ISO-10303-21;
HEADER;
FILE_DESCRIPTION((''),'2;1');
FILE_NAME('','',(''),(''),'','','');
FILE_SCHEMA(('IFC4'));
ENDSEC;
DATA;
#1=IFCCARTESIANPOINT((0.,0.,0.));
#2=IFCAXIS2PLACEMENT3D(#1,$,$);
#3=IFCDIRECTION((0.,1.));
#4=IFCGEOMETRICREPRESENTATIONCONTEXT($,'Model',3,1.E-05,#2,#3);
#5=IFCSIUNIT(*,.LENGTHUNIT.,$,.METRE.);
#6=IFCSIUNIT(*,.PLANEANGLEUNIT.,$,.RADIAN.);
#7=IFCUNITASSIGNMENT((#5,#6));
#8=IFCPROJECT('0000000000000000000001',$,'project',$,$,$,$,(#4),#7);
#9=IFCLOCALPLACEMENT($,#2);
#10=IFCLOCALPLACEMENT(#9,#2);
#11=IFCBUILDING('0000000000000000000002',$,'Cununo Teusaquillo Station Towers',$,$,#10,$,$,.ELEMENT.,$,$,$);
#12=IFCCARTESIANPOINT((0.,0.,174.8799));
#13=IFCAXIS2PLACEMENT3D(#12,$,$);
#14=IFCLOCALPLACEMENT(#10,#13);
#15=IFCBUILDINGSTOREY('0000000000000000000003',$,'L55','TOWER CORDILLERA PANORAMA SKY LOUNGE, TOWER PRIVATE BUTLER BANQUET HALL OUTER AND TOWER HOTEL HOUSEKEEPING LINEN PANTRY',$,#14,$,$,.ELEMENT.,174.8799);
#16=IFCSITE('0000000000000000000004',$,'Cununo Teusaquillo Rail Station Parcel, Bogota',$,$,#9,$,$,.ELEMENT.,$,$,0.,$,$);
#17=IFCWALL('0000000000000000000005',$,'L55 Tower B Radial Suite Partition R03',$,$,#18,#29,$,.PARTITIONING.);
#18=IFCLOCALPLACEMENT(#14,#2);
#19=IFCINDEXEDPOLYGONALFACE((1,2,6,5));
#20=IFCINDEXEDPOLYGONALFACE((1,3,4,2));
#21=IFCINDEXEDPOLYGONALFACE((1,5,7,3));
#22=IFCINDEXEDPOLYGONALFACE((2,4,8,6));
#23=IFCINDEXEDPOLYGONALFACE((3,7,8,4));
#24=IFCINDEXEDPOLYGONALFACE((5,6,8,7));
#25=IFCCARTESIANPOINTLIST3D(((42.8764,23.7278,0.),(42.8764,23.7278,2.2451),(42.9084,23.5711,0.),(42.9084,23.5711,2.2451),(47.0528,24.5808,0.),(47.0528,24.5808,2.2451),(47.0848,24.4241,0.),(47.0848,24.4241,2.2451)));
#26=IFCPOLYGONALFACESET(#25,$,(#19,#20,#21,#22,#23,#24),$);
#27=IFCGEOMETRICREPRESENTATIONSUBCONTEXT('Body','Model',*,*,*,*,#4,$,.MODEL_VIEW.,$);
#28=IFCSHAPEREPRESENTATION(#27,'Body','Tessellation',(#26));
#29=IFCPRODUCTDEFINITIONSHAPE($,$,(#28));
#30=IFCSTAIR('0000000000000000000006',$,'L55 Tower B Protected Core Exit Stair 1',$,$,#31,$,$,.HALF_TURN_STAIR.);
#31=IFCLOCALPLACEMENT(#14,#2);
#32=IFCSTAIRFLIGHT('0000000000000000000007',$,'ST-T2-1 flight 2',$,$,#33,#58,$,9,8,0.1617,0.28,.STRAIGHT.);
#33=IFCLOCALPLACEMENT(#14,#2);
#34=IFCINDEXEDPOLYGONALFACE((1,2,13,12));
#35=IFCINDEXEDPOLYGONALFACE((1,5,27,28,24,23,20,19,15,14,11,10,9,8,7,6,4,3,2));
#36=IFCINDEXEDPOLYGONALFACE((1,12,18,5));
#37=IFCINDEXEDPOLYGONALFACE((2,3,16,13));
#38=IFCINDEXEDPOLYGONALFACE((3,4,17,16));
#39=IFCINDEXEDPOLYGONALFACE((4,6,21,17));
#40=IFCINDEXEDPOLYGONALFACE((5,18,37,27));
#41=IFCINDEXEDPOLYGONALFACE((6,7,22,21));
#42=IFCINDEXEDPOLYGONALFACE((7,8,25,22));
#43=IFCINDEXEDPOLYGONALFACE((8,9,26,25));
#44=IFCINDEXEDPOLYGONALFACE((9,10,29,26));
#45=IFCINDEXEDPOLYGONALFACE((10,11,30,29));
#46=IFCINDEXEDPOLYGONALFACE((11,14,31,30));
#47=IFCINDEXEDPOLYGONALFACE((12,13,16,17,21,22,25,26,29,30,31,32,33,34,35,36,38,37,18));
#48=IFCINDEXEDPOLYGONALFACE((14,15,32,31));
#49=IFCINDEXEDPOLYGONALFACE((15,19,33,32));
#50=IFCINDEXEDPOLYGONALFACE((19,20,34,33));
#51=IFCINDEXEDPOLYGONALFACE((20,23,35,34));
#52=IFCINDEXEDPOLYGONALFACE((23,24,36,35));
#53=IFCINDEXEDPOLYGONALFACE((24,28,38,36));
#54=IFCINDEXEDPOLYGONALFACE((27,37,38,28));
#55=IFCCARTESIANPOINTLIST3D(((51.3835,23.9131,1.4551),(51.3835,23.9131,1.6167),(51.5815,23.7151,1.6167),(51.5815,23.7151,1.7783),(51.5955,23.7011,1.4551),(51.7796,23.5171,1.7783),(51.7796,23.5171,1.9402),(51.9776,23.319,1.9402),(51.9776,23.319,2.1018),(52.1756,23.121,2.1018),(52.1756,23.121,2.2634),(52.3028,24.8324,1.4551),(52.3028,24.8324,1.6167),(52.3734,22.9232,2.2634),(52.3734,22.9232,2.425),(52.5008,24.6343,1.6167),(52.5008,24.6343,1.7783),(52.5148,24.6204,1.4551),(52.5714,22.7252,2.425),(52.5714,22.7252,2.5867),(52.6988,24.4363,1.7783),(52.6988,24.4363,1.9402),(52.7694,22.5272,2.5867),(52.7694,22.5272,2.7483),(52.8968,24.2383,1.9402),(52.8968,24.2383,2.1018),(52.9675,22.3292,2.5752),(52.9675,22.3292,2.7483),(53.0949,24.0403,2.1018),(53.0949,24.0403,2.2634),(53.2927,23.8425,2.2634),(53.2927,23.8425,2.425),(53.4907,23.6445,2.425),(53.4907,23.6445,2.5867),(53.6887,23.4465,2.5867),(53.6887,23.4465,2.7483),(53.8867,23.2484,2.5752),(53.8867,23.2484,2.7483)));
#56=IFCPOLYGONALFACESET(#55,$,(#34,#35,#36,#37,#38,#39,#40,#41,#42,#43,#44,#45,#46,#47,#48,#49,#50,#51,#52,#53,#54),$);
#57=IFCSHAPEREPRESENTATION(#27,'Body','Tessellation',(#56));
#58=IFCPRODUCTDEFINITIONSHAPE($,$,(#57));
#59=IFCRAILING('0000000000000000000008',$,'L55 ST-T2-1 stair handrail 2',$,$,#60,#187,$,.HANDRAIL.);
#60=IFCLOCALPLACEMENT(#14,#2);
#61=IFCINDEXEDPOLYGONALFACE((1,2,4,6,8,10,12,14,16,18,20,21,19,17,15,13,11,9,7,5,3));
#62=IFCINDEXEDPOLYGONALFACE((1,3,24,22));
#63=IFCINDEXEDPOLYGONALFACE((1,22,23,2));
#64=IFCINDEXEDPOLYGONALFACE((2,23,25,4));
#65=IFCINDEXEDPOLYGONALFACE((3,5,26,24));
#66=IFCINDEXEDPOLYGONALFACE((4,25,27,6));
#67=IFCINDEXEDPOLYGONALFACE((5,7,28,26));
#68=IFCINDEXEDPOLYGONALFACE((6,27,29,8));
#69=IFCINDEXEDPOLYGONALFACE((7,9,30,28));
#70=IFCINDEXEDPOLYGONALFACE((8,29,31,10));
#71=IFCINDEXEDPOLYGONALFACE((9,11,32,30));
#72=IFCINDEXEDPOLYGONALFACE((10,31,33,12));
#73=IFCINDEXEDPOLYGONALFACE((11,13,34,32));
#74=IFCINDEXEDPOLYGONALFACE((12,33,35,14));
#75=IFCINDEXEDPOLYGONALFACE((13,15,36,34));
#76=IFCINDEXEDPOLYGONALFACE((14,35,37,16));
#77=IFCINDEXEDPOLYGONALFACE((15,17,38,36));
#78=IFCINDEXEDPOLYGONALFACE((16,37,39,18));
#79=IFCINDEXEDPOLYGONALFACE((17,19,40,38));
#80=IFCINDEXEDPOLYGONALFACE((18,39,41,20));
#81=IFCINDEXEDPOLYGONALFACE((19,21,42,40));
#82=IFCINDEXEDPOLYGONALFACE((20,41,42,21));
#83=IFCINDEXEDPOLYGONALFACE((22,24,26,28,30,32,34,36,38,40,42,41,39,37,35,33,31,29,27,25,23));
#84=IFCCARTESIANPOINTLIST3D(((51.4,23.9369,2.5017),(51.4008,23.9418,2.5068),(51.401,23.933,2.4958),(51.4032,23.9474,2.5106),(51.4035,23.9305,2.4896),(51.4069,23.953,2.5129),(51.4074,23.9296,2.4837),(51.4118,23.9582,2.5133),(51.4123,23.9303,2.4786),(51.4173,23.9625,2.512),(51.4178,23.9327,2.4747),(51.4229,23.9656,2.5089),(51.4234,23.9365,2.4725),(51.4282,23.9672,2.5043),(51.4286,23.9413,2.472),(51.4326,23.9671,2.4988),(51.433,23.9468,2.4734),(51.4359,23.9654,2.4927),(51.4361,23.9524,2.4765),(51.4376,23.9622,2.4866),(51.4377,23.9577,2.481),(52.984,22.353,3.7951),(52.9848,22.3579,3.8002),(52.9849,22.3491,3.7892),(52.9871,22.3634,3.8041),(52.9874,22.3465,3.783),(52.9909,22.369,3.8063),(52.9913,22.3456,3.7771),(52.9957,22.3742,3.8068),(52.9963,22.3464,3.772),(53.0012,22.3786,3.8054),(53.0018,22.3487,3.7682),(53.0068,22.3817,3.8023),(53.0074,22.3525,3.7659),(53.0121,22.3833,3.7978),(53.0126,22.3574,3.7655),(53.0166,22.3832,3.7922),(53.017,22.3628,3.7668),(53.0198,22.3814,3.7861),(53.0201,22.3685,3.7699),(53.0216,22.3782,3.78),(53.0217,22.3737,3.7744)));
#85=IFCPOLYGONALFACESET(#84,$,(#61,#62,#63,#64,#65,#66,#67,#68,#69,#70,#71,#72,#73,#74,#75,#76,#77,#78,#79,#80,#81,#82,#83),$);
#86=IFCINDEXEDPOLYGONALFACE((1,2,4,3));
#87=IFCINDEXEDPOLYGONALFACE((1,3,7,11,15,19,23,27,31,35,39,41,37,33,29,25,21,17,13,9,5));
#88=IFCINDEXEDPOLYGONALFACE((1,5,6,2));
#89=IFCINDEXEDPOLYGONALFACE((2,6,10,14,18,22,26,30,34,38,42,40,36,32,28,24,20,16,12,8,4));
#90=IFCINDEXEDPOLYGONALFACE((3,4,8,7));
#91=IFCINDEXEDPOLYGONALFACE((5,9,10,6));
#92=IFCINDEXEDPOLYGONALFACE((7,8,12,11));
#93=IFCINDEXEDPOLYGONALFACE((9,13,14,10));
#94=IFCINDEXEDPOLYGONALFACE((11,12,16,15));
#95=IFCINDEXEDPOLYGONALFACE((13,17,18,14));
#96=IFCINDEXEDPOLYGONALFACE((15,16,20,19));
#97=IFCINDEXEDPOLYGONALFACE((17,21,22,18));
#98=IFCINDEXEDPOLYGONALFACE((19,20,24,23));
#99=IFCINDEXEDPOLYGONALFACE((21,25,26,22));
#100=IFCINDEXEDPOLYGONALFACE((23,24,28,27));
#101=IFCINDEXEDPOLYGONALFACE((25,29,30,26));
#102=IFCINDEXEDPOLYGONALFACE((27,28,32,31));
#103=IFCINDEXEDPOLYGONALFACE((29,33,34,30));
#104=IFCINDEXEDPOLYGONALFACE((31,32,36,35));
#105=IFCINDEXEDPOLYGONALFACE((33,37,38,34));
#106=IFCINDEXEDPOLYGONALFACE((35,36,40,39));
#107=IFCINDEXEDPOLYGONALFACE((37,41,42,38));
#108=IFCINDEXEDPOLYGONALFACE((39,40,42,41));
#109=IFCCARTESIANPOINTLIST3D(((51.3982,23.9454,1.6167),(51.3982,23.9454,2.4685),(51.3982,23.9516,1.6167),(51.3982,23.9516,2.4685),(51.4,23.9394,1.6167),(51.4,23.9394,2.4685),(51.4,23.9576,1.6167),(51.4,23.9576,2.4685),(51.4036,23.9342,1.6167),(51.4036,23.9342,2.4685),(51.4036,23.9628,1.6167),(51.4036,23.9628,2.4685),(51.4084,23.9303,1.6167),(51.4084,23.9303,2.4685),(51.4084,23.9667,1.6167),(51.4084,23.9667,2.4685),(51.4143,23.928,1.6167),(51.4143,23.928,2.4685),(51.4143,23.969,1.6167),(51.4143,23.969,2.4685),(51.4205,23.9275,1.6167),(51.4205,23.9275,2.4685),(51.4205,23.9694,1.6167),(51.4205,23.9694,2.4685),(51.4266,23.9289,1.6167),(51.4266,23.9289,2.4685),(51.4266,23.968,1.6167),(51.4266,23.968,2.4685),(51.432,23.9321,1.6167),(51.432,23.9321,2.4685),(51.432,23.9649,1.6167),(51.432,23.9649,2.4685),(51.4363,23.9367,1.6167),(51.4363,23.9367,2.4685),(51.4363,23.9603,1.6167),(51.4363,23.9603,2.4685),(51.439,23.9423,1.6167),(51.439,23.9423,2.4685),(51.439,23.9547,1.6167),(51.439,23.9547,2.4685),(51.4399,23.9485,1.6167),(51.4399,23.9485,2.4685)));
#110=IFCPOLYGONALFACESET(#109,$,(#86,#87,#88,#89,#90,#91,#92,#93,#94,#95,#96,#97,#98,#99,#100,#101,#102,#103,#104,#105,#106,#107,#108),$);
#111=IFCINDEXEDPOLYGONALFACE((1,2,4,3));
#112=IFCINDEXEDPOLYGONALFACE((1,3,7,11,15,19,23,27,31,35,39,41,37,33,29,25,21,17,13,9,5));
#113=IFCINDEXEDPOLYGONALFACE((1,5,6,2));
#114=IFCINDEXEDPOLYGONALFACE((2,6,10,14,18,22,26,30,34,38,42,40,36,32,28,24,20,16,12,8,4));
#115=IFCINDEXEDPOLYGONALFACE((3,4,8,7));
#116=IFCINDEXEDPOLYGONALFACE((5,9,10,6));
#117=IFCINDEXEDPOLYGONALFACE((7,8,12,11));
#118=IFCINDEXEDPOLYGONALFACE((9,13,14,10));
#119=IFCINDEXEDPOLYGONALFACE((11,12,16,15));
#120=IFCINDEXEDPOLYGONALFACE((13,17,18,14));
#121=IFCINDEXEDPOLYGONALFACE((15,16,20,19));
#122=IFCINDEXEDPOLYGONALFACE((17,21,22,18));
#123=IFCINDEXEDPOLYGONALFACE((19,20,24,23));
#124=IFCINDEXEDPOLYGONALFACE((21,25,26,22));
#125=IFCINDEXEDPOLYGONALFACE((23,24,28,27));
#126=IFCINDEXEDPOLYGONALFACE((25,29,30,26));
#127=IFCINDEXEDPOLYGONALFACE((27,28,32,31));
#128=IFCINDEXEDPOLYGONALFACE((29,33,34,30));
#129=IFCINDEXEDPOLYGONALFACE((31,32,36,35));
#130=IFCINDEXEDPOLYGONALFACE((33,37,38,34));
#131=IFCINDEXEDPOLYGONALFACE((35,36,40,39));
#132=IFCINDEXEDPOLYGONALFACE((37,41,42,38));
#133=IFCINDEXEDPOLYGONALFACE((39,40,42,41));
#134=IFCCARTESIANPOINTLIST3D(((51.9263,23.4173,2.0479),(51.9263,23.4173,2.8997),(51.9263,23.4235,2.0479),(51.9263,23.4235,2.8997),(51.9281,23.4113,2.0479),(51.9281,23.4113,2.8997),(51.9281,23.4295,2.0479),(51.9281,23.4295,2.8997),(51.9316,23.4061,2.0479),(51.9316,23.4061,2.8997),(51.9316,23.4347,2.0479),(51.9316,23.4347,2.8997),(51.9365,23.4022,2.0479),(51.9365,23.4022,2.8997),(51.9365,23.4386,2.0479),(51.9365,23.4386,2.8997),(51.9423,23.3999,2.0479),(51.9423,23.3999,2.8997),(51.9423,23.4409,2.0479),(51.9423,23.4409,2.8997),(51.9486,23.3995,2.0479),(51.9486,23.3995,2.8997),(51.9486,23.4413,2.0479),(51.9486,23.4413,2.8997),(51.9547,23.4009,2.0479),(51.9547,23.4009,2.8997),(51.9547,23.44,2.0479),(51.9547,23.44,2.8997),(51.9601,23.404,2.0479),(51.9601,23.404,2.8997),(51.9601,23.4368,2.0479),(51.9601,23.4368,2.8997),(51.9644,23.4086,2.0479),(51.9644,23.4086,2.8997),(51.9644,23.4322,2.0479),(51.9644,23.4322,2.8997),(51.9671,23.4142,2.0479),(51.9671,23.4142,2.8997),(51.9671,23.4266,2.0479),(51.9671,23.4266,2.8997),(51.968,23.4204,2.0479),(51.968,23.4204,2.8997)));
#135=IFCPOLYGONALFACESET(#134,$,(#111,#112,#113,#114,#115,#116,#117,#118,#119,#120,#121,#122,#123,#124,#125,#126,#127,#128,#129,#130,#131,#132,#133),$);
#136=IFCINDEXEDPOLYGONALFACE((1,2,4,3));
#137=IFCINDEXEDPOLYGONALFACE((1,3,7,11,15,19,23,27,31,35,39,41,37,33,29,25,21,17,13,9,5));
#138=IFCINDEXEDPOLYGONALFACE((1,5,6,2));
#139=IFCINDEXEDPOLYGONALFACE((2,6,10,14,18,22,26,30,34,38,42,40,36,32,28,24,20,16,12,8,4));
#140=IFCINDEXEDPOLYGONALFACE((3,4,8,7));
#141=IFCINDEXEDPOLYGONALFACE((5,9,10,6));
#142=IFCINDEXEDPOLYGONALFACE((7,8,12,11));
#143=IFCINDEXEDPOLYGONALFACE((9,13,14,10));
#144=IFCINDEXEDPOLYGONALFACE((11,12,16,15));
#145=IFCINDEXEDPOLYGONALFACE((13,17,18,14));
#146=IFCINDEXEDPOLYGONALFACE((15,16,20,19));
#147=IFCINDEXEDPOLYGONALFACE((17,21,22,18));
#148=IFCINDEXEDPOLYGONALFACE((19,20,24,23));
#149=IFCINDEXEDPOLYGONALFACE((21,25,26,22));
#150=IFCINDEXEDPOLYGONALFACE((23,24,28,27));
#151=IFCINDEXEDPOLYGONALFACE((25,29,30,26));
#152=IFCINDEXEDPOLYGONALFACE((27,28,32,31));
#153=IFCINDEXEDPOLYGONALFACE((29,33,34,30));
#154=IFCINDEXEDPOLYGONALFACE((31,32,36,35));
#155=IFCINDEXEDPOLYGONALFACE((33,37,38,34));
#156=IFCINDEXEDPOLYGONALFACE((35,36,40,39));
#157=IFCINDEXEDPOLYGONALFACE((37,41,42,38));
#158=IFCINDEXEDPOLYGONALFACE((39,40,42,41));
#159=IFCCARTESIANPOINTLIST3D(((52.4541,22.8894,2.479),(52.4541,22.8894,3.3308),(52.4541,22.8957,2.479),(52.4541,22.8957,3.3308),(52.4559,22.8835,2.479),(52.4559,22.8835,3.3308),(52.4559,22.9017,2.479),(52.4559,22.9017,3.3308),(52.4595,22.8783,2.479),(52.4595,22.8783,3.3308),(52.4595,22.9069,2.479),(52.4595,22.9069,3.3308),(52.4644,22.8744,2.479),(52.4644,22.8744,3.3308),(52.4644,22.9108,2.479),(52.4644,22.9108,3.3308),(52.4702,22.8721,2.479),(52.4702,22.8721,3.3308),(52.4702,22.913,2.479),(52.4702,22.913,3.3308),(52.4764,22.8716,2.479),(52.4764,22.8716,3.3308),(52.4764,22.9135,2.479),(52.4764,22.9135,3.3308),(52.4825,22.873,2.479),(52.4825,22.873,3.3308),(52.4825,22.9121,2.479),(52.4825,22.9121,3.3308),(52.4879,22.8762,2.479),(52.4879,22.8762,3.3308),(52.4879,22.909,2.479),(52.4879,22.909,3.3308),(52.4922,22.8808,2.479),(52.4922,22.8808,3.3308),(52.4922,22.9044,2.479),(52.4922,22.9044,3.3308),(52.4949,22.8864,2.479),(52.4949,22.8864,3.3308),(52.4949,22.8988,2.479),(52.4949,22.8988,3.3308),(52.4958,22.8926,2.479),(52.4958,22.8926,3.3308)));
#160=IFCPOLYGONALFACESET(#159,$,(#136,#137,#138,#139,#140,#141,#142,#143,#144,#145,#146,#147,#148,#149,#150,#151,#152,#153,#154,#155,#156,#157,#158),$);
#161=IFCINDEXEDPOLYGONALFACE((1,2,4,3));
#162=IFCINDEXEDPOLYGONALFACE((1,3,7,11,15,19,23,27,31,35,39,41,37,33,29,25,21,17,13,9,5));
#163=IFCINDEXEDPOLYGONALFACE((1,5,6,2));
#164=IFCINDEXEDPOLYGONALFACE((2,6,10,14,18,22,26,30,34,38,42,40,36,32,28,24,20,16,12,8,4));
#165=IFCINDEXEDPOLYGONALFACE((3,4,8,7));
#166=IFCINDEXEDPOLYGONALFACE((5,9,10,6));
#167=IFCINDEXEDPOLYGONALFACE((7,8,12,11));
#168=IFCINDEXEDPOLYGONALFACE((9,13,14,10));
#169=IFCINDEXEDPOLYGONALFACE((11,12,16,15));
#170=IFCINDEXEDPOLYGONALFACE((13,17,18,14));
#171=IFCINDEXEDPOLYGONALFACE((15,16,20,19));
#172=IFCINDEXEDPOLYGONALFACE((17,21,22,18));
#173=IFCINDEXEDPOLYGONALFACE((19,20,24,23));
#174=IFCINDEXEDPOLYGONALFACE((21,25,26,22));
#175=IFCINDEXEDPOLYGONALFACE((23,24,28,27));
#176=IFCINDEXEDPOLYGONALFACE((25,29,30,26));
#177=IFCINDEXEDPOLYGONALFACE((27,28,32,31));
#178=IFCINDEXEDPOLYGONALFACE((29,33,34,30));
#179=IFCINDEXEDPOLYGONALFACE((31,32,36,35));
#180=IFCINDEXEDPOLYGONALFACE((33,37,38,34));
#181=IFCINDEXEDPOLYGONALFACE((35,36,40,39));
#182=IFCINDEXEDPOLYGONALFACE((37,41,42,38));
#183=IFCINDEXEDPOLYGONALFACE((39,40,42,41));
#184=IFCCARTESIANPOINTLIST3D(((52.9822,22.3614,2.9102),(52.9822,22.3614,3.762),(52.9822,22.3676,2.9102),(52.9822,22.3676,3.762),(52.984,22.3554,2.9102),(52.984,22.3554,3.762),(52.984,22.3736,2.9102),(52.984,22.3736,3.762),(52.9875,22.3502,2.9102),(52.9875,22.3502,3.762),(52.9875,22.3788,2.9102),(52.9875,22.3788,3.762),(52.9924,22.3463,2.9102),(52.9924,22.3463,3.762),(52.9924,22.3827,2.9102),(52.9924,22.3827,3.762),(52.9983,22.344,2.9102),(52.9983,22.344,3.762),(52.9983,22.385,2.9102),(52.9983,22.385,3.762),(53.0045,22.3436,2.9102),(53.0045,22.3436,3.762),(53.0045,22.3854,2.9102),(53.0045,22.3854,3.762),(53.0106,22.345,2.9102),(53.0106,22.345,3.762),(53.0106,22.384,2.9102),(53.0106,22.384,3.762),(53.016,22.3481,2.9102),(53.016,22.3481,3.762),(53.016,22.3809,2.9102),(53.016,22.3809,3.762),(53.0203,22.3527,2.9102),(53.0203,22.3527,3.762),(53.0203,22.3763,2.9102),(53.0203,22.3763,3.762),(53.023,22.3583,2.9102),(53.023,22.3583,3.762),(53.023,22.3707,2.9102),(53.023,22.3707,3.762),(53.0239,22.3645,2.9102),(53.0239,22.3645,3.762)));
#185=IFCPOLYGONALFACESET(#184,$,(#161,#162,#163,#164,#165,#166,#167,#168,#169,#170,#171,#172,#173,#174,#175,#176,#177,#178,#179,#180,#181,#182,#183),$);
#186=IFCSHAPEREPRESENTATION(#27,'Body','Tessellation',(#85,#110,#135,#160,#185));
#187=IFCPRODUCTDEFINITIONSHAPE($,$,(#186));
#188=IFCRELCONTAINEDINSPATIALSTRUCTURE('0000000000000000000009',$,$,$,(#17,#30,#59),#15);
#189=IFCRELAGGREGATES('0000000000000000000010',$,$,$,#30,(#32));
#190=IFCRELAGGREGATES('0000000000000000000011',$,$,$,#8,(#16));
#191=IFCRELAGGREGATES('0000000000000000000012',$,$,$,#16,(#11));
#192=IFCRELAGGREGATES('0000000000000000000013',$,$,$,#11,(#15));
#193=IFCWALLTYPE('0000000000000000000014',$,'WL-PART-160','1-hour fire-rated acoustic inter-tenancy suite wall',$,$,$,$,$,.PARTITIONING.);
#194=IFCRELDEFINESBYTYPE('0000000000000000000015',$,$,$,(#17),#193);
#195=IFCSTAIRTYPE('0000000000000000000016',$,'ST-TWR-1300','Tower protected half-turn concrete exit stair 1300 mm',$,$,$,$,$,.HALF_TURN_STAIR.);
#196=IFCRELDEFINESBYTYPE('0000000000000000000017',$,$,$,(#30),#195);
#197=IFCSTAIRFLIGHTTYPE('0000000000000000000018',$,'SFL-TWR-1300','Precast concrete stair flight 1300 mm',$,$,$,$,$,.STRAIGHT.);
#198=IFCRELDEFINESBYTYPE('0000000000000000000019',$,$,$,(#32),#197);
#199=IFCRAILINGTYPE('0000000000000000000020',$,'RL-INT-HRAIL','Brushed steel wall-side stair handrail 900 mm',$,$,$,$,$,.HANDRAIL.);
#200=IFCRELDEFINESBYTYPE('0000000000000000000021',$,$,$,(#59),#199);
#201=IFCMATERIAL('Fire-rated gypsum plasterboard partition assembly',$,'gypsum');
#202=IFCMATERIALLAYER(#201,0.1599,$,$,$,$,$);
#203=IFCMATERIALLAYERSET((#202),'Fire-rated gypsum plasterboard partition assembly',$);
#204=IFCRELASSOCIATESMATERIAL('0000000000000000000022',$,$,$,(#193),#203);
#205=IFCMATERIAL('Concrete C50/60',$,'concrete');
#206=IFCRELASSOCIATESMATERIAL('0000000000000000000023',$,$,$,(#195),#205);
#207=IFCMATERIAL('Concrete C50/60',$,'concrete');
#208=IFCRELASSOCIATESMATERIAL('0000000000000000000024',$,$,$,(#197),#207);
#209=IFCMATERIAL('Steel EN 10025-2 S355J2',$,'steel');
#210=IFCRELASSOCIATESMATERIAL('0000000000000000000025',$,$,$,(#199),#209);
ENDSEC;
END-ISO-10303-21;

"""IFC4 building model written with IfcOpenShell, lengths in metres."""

from ifc_helpers import new_model, si_unit, direction, frame, frame_2d, origin, origin_2d, place, context, subcontext, project, spatial, polyline, rectangle, circle, outline, extrude, material, layer, layer_set, type_object, element, aggregate, save


model = new_model("IFC4")

# Units and contexts
model_context = context("Model", 3, precision=1e-05, world=origin(), true_north=direction((0.0, 1.0)))
body_context = subcontext(model_context, "Body", "Model", "MODEL_VIEW")
ifc_project = project(units=[si_unit("LENGTHUNIT", "METRE"), si_unit("PLANEANGLEUNIT", "RADIAN")], contexts=[model_context])

# Site, building, storey
site_placement = place(None, origin())
site = spatial("IfcSite", under=ifc_project, at=site_placement, Name="Cununo Teusaquillo Rail Station Parcel, Bogota", CompositionType="ELEMENT", RefElevation=0.0)
building_placement = place(site_placement, origin())
building = spatial("IfcBuilding", under=site, at=building_placement, Name="Cununo Teusaquillo Station Towers", CompositionType="ELEMENT")
storey_placement = place(building_placement, frame((0.0, 0.0, 174.8799)))
storey = spatial("IfcBuildingStorey", under=building, at=storey_placement, Name="L55", Description="TOWER CORDILLERA PANORAMA SKY LOUNGE, TOWER PRIVATE BUTLER BANQUET HALL OUTER AND TOWER HOTEL HOUSEKEEPING LINEN PANTRY", CompositionType="ELEMENT", Elevation=174.8799)

# Wall
ifc_material_1 = material(Name="Fire-rated gypsum plasterboard partition assembly", Category="gypsum")
ifc_layer_1 = layer(ifc_material_1, 0.1599)
ifc_layer_set_1 = layer_set([ifc_layer_1], Name="Fire-rated gypsum plasterboard partition assembly")
wall_type_1 = type_object("IfcWallType", Name="WL-PART-160", Description="1-hour fire-rated acoustic inter-tenancy suite wall", PredefinedType="PARTITIONING", material=ifc_layer_set_1)
wall_1_placement = place(storey_placement, frame((47.0688, 24.5024, 0.0), z_axis=(0.0, 0.0, 1.0), x_axis=(-0.979773, -0.200113, 0.0)))
element("IfcWall", 1, at=wall_1_placement, inside=storey, type_object=wall_type_1, Name="L55 Tower B Radial Suite Partition R03", PredefinedType="PARTITIONING", context=body_context, shape_type="SweptSolid", body=[
    extrude(rectangle(XDim=4.2627, YDim=0.1599, at=frame_2d((2.1313, 0.0))), origin(), (0.0, 0.0, 1.0), 2.2451),
])

# Stair, stair flight
ifc_material_2 = material(Name="Concrete C50/60", Category="concrete")
stair_type = type_object("IfcStairType", Name="ST-TWR-1300", Description="Tower protected half-turn concrete exit stair 1300 mm", PredefinedType="HALF_TURN_STAIR", material=ifc_material_2)
stair_placement = place(storey_placement, origin())
stair = element("IfcStair", 2, at=stair_placement, inside=storey, type_object=stair_type, Name="L55 Tower B Protected Core Exit Stair 1", PredefinedType="HALF_TURN_STAIR")
ifc_material_3 = material(Name="Concrete C50/60", Category="concrete")
stair_flight_type = type_object("IfcStairFlightType", Name="SFL-TWR-1300", Description="Precast concrete stair flight 1300 mm", PredefinedType="STRAIGHT", material=ifc_material_3)
stair_flight_placement = place(storey_placement, frame((51.8433, 24.3728, 1.4551), z_axis=(0.0, 0.0, 1.0), x_axis=(0.707107, -0.707107, 0.0)))
stair_flight = element("IfcStairFlight", 3, at=stair_flight_placement, type_object=stair_flight_type, Name="ST-T2-1 flight 2", NumberOfRisers=9, NumberOfTreads=8, PredefinedType="STRAIGHT", RiserHeight=0.1617, TreadLength=0.28, context=body_context, shape_type="SweptSolid", body=[
    extrude(outline(polyline([(0.0, 0.0), (0.0, 0.1616), (0.28, 0.1616), (0.28, 0.3232), (0.5601, 0.3232), (0.5601, 0.4851), (0.8401, 0.4851), (0.8401, 0.6467), (1.1201, 0.6467), (1.1201, 0.8083), (1.3999, 0.8083), (1.3999, 0.97), (1.6799, 0.97), (1.6799, 1.1316), (1.96, 1.1316), (1.96, 1.2932), (2.24, 1.2932), (2.24, 1.4551), (2.24, 1.1201), (0.2998, 0.0), (0.0, 0.0)])), frame((0.0, 0.6499, 0.0), z_axis=(0.0, -1.0, 0.0), x_axis=(1.0, 0.0, 0.0)), (0.0, 0.0, 1.0), 1.3),
])
aggregate(stair, [stair_flight])

# Railing
ifc_material_4 = material(Name="Steel EN 10025-2 S355J2", Category="steel")
railing_type = type_object("IfcRailingType", Name="RL-INT-HRAIL", Description="Brushed steel wall-side stair handrail 900 mm", PredefinedType="HANDRAIL", material=ifc_material_4)
railing_placement = place(storey_placement, frame((51.4189, 23.9485, 1.6167)))
element("IfcRailing", 4, at=railing_placement, inside=storey, type_object=railing_type, Name="L55 ST-T2-1 stair handrail 2", PredefinedType="HANDRAIL", context=body_context, shape_type="SweptSolid", body=[
    extrude(circle(Radius=0.0239, at=origin_2d()), frame((0.0, 0.0, 0.876), z_axis=(0.612356, -0.612356, 0.50004), x_axis=(0.707107, 0.707107, 0.0)), (0.0, 0.0, 1.0), 2.5867),
    extrude(circle(Radius=0.021, at=origin_2d()), origin(), (0.0, 0.0, 1.0), 0.8518),
    extrude(circle(Radius=0.021, at=origin_2d()), frame((0.5281, -0.5281, 0.4312)), (0.0, 0.0, 1.0), 0.8518),
    extrude(circle(Radius=0.021, at=origin_2d()), frame((1.0559, -1.0559, 0.8623)), (0.0, 0.0, 1.0), 0.8518),
    extrude(circle(Radius=0.021, at=origin_2d()), frame((1.584, -1.584, 1.2935)), (0.0, 0.0, 1.0), 0.8518),
])

save(model, "model.ifc")
